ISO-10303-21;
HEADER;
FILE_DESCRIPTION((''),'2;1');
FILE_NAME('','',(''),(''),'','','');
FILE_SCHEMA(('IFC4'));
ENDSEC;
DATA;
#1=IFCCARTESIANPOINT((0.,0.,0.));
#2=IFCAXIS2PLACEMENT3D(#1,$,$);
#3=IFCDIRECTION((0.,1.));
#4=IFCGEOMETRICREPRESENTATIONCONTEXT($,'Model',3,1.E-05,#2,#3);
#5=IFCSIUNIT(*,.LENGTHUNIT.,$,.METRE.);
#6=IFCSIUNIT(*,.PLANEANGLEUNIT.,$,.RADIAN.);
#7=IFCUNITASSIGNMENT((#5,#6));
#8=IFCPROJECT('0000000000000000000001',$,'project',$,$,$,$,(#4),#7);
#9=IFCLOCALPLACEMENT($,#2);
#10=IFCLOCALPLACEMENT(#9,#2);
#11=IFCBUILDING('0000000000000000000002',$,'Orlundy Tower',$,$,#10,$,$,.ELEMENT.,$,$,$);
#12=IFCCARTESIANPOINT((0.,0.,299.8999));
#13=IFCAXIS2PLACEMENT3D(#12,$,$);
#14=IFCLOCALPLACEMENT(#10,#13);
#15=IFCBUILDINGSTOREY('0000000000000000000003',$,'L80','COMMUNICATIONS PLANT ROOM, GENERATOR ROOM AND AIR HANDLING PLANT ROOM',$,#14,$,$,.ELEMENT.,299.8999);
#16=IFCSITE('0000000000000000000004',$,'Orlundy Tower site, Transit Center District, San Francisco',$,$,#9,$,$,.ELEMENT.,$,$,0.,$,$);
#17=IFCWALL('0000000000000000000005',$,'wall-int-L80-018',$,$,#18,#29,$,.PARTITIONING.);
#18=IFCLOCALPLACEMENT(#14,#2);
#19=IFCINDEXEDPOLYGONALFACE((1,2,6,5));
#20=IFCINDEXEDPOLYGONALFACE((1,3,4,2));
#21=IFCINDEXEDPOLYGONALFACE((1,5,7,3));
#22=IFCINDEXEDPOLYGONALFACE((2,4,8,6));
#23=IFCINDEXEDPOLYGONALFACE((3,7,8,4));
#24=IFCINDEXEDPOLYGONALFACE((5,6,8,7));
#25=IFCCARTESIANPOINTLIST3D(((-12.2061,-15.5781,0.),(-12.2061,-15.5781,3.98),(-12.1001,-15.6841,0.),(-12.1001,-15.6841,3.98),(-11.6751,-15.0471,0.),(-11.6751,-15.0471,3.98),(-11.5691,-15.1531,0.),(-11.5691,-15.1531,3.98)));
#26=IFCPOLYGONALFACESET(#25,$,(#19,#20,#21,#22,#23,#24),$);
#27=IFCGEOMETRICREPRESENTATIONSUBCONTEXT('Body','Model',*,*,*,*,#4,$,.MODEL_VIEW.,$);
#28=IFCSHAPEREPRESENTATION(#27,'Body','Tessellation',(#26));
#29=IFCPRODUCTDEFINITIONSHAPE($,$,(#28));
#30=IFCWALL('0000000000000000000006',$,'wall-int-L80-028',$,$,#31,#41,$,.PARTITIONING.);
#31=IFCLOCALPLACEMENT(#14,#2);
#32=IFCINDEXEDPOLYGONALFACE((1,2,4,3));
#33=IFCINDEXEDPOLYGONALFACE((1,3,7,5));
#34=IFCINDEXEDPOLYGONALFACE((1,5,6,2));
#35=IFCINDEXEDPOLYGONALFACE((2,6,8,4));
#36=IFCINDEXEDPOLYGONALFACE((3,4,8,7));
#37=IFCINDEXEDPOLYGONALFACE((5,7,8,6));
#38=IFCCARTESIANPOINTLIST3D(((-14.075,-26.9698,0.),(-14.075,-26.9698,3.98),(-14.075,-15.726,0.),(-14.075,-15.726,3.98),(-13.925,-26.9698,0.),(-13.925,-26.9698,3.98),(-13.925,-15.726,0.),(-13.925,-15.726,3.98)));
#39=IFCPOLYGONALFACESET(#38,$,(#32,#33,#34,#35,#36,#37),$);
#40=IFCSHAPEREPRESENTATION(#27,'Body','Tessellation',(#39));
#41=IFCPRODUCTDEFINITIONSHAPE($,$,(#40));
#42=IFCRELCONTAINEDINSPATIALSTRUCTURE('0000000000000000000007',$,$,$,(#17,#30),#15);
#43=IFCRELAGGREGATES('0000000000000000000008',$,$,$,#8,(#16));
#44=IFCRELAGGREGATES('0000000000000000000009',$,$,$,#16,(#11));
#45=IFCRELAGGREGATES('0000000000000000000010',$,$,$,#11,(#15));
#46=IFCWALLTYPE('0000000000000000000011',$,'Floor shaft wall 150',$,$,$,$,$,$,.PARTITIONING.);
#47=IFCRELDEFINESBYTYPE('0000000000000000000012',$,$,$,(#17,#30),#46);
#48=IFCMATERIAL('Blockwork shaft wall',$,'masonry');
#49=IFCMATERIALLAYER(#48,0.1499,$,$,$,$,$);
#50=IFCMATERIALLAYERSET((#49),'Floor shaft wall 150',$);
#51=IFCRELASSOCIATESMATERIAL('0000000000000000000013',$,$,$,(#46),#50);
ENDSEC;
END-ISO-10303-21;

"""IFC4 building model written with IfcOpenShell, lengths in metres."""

from ifc_helpers import new_model, si_unit, direction, frame, frame_2d, origin, place, context, subcontext, project, spatial, rectangle, extrude, material, layer, layer_set, type_object, element, save


model = new_model("IFC4")

# Units and contexts
model_context = context("Model", 3, precision=1e-05, world=origin(), true_north=direction((0.0, 1.0)))
body_context = subcontext(model_context, "Body", "Model", "MODEL_VIEW")
ifc_project = project(units=[si_unit("LENGTHUNIT", "METRE"), si_unit("PLANEANGLEUNIT", "RADIAN")], contexts=[model_context])

# Site, building, storey
site_placement = place(None, origin())
site = spatial("IfcSite", under=ifc_project, at=site_placement, Name="Orlundy Tower site, Transit Center District, San Francisco", CompositionType="ELEMENT", RefElevation=0.0)
building_placement = place(site_placement, origin())
building = spatial("IfcBuilding", under=site, at=building_placement, Name="Orlundy Tower", CompositionType="ELEMENT")
storey_placement = place(building_placement, frame((0.0, 0.0, 299.8999)))
storey = spatial("IfcBuildingStorey", under=building, at=storey_placement, Name="L80", Description="COMMUNICATIONS PLANT ROOM, GENERATOR ROOM AND AIR HANDLING PLANT ROOM", CompositionType="ELEMENT", Elevation=299.8999)

# Shared definitions
ifc_material_1 = material(Name="Blockwork shaft wall", Category="masonry")
ifc_layer_1 = layer(ifc_material_1, 0.1499)
ifc_layer_set_1 = layer_set([ifc_layer_1], Name="Floor shaft wall 150")
wall_type = type_object("IfcWallType", Name="Floor shaft wall 150", PredefinedType="PARTITIONING", material=ifc_layer_set_1)

# Walls
wall_1_placement = place(storey_placement, frame((-12.1531, -15.6311, 0.0), z_axis=(0.0, 0.0, 1.0), x_axis=(0.707107, 0.707107, 0.0)))
element("IfcWall", 1, at=wall_1_placement, inside=storey, type_object=wall_type, Name="wall-int-L80-018", PredefinedType="PARTITIONING", context=body_context, shape_type="SweptSolid", body=[
    extrude(rectangle(XDim=0.751, YDim=0.1499, at=frame_2d((0.3755, 0.0))), origin(), (0.0, 0.0, 1.0), 3.98),
])
wall_2_placement = place(storey_placement, frame((-14.0, -26.97, 0.0), z_axis=(0.0, 0.0, 1.0), x_axis=(0.0, 1.0, 0.0)))
element("IfcWall", 2, at=wall_2_placement, inside=storey, type_object=wall_type, Name="wall-int-L80-028", PredefinedType="PARTITIONING", context=body_context, shape_type="SweptSolid", body=[
    extrude(rectangle(XDim=11.2439, YDim=0.1499, at=frame_2d((5.6221, 0.0))), origin(), (0.0, 0.0, 1.0), 3.98),
])

save(model, "model.ifc")
